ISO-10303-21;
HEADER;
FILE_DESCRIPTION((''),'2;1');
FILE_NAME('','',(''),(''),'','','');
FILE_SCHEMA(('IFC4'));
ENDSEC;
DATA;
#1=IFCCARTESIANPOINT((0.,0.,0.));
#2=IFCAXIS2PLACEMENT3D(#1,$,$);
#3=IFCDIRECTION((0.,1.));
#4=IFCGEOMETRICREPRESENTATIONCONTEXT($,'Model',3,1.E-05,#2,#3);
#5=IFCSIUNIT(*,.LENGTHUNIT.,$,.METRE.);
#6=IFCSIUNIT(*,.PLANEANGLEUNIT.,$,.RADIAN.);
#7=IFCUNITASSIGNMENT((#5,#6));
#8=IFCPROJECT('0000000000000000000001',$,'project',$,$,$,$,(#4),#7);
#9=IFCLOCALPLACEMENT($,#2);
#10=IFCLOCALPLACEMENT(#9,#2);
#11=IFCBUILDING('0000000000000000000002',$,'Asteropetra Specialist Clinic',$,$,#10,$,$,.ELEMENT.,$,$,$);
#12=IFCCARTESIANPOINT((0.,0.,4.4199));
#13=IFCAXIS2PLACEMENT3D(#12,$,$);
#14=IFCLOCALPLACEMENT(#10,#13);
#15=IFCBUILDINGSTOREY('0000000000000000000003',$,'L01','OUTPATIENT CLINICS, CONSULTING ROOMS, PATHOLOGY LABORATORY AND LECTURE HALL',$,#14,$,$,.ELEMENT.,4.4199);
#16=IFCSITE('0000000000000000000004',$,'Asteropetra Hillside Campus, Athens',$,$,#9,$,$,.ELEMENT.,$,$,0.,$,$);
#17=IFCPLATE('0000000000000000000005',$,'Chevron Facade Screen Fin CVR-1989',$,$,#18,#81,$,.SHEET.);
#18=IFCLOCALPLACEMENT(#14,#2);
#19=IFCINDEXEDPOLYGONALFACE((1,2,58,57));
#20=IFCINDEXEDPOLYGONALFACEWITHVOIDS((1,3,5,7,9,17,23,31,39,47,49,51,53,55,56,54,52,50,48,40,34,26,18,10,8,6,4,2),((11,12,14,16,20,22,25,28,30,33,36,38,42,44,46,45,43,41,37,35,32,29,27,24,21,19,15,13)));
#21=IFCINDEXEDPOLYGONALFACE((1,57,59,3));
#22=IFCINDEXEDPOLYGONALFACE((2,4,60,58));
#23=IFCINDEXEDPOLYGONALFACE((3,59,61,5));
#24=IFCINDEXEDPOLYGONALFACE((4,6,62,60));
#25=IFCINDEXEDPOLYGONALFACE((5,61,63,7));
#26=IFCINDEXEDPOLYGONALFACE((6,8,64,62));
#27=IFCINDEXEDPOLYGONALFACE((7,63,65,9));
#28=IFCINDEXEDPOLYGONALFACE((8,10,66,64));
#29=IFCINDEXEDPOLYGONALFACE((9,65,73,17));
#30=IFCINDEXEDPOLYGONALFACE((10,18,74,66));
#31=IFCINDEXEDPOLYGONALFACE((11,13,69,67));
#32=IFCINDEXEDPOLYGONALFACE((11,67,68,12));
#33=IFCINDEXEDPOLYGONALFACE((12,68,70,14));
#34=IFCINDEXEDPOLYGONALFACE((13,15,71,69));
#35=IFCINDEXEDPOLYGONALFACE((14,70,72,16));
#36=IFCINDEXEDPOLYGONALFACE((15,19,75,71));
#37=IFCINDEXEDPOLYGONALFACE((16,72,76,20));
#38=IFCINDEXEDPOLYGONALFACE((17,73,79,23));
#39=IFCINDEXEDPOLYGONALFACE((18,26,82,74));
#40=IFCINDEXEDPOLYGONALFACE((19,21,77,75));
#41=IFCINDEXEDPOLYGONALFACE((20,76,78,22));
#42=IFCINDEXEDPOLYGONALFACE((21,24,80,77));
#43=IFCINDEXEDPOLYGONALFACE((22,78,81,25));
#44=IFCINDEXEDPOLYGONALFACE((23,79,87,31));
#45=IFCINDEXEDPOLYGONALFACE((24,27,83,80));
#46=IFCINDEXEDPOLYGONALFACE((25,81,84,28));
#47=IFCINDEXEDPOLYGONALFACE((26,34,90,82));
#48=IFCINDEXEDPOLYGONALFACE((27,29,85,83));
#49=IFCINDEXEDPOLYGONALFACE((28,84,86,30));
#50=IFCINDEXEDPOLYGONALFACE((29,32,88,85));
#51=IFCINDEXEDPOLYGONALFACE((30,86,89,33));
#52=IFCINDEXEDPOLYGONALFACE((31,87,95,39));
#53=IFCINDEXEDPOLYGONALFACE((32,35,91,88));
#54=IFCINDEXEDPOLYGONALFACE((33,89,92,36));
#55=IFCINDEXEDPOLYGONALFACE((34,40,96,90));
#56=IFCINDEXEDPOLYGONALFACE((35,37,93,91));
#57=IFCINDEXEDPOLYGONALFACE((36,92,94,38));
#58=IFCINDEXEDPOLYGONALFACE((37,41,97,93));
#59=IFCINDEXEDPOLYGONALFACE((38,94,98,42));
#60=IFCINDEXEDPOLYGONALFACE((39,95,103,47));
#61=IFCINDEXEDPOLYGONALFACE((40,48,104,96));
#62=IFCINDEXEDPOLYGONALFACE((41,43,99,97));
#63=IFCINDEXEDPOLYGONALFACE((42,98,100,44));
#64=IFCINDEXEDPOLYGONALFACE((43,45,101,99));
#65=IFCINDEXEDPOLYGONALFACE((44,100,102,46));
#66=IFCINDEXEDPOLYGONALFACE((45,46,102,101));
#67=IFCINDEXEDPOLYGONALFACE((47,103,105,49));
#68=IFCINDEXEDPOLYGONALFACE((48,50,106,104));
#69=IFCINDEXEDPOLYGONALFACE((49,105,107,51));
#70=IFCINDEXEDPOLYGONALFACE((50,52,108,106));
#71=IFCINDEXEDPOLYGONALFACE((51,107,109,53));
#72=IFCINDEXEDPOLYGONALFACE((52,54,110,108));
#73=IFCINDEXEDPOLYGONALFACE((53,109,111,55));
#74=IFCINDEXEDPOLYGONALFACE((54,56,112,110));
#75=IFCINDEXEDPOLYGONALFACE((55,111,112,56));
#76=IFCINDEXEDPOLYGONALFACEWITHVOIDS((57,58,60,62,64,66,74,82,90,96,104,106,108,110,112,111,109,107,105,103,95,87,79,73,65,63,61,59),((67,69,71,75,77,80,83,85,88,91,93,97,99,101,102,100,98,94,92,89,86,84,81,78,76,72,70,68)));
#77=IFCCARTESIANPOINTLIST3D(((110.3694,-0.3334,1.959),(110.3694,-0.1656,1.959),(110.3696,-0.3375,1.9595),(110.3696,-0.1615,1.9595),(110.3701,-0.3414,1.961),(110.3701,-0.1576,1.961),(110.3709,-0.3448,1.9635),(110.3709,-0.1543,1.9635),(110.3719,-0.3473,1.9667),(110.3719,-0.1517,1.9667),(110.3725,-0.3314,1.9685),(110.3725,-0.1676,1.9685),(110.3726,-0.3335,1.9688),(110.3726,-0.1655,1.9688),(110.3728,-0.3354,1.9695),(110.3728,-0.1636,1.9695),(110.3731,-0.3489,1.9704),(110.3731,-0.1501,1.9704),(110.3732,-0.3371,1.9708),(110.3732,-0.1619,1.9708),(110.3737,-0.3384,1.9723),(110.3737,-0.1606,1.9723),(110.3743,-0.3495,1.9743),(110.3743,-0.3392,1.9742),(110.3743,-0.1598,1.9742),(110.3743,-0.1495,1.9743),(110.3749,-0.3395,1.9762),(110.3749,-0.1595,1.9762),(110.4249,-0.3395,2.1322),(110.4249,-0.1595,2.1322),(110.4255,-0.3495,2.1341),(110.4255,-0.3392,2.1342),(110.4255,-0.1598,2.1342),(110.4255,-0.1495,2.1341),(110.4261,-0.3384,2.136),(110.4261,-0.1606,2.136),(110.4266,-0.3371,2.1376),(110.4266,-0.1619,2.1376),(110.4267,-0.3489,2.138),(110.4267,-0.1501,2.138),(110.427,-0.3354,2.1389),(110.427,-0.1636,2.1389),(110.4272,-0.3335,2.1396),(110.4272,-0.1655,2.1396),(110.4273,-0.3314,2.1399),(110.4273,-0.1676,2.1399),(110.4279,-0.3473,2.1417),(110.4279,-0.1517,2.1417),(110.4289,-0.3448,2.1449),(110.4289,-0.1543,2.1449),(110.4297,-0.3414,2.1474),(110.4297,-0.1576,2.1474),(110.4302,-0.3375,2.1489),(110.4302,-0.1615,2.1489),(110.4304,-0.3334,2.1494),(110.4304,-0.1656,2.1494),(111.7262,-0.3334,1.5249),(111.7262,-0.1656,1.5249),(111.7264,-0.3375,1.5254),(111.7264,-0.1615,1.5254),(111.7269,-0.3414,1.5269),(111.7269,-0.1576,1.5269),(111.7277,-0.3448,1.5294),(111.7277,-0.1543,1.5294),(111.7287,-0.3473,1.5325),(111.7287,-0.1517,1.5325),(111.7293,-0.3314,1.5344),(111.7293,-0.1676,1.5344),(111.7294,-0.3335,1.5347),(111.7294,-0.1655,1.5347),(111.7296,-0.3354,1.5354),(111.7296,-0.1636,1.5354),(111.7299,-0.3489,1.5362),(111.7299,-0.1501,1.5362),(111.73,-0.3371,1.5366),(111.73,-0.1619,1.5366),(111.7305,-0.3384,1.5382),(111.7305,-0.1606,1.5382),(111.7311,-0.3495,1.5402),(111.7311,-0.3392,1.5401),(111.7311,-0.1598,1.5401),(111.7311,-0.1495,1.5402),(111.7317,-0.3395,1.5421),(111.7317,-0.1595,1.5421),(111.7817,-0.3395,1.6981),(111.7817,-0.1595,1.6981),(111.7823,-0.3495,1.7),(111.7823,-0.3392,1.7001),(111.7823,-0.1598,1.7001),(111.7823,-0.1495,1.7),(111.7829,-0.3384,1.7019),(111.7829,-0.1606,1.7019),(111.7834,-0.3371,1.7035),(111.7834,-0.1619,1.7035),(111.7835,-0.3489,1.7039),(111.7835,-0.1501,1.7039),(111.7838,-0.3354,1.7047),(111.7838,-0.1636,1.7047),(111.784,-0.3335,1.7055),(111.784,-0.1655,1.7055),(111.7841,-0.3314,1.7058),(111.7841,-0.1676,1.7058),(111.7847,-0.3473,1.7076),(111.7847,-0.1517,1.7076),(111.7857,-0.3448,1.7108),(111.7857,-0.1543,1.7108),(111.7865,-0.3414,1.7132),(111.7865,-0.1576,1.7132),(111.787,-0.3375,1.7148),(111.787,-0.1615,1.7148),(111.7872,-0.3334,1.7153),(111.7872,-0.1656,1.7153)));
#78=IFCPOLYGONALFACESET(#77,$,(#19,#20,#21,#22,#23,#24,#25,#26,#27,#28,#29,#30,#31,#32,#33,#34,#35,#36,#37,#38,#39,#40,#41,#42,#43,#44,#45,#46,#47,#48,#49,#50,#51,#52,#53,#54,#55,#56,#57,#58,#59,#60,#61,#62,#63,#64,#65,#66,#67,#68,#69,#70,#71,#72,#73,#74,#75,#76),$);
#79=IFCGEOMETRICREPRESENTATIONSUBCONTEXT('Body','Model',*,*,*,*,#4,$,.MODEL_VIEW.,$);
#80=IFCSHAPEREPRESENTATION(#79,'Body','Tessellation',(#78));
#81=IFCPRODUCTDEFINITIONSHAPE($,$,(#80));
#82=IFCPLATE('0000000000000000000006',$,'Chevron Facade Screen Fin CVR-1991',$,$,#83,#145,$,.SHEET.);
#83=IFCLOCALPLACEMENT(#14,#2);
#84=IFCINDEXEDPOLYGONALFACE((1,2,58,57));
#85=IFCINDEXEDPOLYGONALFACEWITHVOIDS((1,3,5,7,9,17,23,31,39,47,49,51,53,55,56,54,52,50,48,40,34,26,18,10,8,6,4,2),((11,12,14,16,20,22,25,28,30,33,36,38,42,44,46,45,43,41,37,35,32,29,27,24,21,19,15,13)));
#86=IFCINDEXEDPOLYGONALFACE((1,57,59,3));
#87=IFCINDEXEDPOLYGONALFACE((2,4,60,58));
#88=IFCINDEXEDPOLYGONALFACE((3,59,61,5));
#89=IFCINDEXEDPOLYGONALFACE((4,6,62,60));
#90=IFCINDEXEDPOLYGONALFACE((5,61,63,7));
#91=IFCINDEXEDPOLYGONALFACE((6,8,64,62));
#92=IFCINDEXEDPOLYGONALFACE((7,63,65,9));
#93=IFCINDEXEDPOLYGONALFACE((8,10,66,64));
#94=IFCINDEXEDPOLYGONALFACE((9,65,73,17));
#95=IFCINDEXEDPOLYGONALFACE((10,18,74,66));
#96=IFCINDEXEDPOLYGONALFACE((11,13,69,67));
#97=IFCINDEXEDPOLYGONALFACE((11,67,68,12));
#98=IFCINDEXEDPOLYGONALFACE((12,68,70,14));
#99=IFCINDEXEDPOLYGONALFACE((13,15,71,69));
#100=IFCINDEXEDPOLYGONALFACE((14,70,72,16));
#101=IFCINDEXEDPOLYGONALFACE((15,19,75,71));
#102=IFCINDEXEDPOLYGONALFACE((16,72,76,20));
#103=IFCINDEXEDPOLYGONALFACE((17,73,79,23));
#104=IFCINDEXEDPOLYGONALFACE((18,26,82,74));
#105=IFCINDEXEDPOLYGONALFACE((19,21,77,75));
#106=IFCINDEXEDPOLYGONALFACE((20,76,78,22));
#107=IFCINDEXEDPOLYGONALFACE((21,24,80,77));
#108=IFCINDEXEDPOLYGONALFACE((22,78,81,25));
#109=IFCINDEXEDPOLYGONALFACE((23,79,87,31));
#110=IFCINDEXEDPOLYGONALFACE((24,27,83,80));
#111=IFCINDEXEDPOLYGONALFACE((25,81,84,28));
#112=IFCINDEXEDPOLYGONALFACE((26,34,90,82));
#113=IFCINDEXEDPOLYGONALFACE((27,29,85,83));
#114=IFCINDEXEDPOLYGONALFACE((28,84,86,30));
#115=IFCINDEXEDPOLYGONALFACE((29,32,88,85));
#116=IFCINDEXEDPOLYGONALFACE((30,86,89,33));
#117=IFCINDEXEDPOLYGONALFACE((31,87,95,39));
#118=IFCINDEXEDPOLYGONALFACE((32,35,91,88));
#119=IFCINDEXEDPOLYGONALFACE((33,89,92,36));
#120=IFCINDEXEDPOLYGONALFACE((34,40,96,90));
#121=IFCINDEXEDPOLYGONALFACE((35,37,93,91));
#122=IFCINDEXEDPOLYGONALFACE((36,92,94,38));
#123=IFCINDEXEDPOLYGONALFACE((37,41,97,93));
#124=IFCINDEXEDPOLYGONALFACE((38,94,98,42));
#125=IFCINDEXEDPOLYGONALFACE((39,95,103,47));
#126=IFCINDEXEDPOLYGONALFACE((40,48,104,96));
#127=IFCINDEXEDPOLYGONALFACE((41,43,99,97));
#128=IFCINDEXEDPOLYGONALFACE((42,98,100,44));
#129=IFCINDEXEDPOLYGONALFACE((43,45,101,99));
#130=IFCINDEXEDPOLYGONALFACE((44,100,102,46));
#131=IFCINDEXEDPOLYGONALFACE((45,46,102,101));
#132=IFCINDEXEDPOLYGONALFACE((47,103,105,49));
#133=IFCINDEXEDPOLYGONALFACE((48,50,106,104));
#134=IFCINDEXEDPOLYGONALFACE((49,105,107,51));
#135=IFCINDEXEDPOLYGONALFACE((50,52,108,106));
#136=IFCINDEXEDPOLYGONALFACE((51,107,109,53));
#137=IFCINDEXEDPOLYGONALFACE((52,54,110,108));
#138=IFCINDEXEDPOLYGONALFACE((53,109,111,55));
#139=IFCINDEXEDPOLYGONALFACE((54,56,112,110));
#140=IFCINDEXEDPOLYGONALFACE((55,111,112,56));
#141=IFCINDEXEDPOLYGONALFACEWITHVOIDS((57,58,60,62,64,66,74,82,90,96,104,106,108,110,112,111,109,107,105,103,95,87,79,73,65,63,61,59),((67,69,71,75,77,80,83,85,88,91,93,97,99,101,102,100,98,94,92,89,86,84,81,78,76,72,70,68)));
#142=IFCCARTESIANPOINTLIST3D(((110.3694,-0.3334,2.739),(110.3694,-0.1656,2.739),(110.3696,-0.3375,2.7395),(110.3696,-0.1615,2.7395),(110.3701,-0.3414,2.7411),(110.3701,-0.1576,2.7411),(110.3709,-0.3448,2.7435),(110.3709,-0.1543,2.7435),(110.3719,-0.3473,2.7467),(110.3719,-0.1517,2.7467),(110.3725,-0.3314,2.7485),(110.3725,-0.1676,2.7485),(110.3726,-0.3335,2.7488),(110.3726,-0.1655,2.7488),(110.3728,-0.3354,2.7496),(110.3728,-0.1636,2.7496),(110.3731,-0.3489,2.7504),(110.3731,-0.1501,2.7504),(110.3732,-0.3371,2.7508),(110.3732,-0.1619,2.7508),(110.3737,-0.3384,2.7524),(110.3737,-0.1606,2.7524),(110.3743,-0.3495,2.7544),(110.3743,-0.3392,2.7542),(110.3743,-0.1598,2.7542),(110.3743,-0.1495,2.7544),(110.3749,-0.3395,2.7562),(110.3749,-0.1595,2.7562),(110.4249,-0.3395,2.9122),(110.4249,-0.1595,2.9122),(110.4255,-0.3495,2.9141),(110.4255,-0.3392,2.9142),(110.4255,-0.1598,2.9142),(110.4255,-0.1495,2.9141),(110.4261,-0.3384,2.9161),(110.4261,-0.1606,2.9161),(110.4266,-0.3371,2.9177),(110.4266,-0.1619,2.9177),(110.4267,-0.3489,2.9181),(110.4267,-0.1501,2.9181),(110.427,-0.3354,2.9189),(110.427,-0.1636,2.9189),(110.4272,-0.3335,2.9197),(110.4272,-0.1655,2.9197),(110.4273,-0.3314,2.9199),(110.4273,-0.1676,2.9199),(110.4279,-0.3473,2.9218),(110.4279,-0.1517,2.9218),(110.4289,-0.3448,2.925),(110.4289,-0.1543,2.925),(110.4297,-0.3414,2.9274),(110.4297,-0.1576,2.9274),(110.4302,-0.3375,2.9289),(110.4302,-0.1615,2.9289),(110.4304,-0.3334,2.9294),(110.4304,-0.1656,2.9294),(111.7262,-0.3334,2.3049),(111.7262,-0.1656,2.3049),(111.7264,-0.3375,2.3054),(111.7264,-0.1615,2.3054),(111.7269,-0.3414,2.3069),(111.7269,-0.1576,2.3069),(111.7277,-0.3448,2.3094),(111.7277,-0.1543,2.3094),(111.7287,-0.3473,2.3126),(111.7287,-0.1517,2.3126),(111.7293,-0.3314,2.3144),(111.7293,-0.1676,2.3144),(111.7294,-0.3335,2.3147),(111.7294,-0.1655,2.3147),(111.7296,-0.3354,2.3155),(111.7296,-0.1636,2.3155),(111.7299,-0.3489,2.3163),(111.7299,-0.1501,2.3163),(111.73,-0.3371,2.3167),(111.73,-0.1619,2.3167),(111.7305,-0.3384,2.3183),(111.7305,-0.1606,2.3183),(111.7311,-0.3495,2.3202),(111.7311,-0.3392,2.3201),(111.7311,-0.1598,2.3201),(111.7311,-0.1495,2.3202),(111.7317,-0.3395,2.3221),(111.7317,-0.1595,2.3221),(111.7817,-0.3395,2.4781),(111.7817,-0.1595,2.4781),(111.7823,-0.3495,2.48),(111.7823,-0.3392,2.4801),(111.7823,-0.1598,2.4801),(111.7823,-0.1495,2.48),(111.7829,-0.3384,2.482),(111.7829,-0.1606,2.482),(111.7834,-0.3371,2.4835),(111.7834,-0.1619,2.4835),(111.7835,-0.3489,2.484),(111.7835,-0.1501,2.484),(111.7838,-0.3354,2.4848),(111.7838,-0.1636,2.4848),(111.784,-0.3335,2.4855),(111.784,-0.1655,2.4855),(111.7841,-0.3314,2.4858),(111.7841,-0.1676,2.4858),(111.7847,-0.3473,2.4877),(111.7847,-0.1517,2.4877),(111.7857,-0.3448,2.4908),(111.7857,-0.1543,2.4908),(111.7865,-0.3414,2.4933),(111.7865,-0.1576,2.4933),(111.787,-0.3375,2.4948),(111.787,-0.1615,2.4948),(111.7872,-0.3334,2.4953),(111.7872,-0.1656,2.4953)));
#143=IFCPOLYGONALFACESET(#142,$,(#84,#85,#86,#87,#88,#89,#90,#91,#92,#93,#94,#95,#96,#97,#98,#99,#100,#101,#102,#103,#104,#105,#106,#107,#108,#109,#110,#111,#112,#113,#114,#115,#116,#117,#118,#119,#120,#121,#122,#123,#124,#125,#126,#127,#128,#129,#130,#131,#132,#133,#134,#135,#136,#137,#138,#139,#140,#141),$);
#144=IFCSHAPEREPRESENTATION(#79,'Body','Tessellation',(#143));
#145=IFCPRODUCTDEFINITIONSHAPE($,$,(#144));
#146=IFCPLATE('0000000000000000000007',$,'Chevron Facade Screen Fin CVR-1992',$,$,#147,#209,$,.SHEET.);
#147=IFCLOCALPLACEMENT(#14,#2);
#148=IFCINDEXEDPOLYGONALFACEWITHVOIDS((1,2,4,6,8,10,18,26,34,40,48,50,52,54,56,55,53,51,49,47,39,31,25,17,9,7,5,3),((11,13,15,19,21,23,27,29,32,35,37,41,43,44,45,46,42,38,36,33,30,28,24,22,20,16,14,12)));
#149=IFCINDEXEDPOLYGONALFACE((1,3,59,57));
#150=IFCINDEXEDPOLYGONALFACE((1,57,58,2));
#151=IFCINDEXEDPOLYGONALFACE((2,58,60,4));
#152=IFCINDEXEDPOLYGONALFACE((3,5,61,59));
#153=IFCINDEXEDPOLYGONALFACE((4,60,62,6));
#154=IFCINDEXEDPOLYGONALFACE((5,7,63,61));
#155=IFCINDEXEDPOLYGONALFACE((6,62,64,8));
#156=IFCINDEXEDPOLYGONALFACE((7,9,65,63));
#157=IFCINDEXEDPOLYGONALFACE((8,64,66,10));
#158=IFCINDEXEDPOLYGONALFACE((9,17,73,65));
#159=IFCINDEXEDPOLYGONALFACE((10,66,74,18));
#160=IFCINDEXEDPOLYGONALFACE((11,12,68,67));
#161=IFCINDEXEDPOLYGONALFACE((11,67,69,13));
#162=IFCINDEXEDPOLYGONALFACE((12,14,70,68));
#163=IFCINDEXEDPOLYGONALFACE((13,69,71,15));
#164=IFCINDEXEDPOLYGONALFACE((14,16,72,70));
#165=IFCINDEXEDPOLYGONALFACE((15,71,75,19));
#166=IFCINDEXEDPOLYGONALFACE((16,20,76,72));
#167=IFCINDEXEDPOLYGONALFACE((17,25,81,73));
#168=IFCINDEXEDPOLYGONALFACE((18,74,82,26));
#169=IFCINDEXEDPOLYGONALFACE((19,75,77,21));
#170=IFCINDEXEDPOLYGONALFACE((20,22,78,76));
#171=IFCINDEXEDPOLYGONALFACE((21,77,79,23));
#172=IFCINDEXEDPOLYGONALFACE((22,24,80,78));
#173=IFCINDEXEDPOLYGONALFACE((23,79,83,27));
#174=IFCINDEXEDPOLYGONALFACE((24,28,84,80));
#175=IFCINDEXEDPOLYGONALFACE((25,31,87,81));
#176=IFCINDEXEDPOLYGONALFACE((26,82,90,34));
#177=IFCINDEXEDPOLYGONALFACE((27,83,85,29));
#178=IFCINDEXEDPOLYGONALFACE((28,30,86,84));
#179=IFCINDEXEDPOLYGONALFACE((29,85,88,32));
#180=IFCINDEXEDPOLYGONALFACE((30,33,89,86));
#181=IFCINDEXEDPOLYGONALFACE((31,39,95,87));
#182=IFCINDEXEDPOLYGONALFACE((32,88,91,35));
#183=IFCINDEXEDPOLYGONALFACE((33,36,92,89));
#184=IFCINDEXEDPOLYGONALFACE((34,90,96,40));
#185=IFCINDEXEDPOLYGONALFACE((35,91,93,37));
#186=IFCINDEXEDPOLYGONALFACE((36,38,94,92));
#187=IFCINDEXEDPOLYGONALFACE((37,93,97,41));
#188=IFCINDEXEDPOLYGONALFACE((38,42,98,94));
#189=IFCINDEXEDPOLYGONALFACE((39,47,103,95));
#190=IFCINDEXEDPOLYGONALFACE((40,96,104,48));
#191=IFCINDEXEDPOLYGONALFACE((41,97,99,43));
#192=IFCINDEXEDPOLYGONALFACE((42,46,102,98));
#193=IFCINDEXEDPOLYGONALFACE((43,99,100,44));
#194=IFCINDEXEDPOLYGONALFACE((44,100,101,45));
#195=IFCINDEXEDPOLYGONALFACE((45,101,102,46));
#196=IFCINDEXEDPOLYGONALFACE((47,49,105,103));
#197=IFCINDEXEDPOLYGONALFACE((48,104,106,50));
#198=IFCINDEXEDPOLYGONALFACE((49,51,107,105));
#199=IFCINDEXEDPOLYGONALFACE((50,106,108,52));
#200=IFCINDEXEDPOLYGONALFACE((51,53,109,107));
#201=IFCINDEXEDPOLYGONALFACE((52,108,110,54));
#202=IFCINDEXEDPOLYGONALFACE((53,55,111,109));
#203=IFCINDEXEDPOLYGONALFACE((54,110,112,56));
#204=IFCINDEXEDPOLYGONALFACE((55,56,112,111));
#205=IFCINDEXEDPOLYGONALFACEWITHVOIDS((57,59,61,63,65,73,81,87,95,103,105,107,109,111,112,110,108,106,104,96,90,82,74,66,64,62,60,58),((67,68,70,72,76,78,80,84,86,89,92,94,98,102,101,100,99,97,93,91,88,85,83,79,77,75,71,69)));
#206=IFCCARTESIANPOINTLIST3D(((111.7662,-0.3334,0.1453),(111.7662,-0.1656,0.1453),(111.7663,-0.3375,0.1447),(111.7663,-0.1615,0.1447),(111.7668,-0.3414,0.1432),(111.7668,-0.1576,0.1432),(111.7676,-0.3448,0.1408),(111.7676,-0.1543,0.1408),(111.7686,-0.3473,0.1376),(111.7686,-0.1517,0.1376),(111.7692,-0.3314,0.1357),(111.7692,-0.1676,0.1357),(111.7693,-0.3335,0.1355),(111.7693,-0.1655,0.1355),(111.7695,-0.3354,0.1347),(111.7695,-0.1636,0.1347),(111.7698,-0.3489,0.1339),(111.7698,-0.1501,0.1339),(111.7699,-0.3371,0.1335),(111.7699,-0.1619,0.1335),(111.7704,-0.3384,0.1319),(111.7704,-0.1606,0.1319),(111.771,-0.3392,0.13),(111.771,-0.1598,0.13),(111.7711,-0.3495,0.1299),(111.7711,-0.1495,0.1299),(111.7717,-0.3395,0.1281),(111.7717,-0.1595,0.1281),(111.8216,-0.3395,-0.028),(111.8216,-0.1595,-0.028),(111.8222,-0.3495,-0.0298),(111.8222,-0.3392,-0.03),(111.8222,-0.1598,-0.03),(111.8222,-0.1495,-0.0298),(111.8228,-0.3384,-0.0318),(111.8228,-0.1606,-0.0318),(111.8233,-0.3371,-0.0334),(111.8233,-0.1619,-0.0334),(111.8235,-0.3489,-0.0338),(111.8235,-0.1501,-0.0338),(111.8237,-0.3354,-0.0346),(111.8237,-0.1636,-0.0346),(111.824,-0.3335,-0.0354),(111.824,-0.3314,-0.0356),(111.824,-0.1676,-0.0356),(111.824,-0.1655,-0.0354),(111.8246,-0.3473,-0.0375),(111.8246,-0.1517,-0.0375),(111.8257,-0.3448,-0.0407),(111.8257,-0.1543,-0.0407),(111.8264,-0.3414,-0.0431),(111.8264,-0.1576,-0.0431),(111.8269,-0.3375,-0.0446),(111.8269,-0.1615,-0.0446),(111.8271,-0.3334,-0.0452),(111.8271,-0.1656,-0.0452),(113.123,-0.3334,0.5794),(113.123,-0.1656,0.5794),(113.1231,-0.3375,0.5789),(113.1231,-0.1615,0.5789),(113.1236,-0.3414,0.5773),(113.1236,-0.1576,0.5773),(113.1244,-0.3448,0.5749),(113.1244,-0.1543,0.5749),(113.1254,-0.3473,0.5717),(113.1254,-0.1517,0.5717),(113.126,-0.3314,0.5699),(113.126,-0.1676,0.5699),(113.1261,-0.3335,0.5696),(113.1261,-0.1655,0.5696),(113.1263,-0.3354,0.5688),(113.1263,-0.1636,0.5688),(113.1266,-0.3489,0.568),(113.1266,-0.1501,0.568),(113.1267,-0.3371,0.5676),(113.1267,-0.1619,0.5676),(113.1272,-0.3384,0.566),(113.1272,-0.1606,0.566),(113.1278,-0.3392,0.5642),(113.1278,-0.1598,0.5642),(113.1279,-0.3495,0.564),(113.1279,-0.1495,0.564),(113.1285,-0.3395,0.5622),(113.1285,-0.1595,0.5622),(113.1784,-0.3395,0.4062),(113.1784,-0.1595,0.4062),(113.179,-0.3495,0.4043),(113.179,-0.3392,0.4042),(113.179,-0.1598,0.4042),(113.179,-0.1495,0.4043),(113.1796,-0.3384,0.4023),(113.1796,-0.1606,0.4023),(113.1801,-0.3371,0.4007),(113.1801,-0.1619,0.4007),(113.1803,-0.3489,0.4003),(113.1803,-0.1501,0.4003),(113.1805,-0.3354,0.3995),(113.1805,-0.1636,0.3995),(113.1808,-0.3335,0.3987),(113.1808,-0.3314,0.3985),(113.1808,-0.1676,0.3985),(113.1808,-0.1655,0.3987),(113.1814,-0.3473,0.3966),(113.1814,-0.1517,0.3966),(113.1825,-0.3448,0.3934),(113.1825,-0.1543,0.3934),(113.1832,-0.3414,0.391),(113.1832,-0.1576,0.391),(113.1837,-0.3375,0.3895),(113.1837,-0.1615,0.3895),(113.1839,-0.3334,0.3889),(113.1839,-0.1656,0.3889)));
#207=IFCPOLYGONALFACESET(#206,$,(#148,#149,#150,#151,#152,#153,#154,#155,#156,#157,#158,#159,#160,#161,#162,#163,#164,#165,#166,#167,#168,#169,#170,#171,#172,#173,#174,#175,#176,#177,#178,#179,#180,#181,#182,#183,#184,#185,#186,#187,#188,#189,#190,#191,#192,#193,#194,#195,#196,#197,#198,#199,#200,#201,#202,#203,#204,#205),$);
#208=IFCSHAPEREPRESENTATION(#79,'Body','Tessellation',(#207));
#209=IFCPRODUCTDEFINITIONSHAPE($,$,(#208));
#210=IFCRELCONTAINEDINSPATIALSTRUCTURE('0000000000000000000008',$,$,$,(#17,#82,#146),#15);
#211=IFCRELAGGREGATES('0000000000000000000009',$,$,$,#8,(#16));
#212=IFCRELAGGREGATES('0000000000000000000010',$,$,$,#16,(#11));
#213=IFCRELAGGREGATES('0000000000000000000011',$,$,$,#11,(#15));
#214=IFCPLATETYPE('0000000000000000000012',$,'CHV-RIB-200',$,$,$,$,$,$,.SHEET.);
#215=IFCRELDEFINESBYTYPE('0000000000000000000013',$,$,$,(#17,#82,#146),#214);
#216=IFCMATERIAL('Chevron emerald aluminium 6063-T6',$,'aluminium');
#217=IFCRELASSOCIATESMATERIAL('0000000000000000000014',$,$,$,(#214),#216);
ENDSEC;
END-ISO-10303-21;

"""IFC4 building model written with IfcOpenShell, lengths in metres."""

from ifc_helpers import new_model, si_unit, direction, frame, origin, origin_2d, place, context, subcontext, project, spatial, hollow_rectangle, extrude, material, material_profile, profile_set, type_object, element, save


model = new_model("IFC4")

# Units and contexts
model_context = context("Model", 3, precision=1e-05, world=origin(), true_north=direction((0.0, 1.0)))
body_context = subcontext(model_context, "Body", "Model", "MODEL_VIEW")
ifc_project = project(units=[si_unit("LENGTHUNIT", "METRE"), si_unit("PLANEANGLEUNIT", "RADIAN")], contexts=[model_context])

# Site, building, storey
site_placement = place(None, origin())
site = spatial("IfcSite", under=ifc_project, at=site_placement, Name="Asteropetra Hillside Campus, Athens", CompositionType="ELEMENT", RefElevation=0.0)
building_placement = place(site_placement, origin())
building = spatial("IfcBuilding", under=site, at=building_placement, Name="Asteropetra Specialist Clinic", CompositionType="ELEMENT")
storey_placement = place(building_placement, frame((0.0, 0.0, 4.4199)))
storey = spatial("IfcBuildingStorey", under=building, at=storey_placement, Name="L01", Description="OUTPATIENT CLINICS, CONSULTING ROOMS, PATHOLOGY LABORATORY AND LECTURE HALL", CompositionType="ELEMENT", Elevation=4.4199)

# Plates
ifc_material_1 = material(Name="Chevron emerald aluminium 6063-T6", Category="aluminium")
ifc_material_profile_1 = material_profile(ifc_material_1, hollow_rectangle(XDim=0.2, YDim=0.2, WallThickness=0.01, InnerFilletRadius=0.0081, OuterFilletRadius=0.0161, at=origin_2d()), Name="SHS 200x200x10.0")
ifc_profile_set_1 = profile_set([ifc_material_profile_1], Name="Chevron emerald aluminium 6063-T6")
plate_type = type_object("IfcPlateType", Name="CHV-RIB-200", PredefinedType="SHEET", material=ifc_profile_set_1)
for number, where, z_axis, x_axis, name in (
    (1, (110.3999, -0.2495, 2.0542), (0.952436, 0.0, -0.304738), (0.0, 1.0, 0.0), "Chevron Facade Screen Fin CVR-1989"),
    (2, (110.3999, -0.2495, 2.8342), (0.952436, 0.0, -0.304738), (0.0, 1.0, 0.0), "Chevron Facade Screen Fin CVR-1991"),
    (3, (111.7966, -0.2495, 0.05), (0.952436, 0.0, 0.304738), (0.0, 1.0, 0.0), "Chevron Facade Screen Fin CVR-1992"),
):
    element("IfcPlate", number, at=place(storey_placement, frame(where, z_axis=z_axis, x_axis=x_axis)), inside=storey, type_object=plate_type, Name=name, PredefinedType="SHEET", context=body_context, shape_type="SweptSolid", body=[
        extrude(hollow_rectangle(XDim=0.2, YDim=0.2, WallThickness=0.01, InnerFilletRadius=0.0081, OuterFilletRadius=0.0161, at=origin_2d()), origin(), (0.0, 0.0, 1.0), 1.4246),
    ])

save(model, "model.ifc")
